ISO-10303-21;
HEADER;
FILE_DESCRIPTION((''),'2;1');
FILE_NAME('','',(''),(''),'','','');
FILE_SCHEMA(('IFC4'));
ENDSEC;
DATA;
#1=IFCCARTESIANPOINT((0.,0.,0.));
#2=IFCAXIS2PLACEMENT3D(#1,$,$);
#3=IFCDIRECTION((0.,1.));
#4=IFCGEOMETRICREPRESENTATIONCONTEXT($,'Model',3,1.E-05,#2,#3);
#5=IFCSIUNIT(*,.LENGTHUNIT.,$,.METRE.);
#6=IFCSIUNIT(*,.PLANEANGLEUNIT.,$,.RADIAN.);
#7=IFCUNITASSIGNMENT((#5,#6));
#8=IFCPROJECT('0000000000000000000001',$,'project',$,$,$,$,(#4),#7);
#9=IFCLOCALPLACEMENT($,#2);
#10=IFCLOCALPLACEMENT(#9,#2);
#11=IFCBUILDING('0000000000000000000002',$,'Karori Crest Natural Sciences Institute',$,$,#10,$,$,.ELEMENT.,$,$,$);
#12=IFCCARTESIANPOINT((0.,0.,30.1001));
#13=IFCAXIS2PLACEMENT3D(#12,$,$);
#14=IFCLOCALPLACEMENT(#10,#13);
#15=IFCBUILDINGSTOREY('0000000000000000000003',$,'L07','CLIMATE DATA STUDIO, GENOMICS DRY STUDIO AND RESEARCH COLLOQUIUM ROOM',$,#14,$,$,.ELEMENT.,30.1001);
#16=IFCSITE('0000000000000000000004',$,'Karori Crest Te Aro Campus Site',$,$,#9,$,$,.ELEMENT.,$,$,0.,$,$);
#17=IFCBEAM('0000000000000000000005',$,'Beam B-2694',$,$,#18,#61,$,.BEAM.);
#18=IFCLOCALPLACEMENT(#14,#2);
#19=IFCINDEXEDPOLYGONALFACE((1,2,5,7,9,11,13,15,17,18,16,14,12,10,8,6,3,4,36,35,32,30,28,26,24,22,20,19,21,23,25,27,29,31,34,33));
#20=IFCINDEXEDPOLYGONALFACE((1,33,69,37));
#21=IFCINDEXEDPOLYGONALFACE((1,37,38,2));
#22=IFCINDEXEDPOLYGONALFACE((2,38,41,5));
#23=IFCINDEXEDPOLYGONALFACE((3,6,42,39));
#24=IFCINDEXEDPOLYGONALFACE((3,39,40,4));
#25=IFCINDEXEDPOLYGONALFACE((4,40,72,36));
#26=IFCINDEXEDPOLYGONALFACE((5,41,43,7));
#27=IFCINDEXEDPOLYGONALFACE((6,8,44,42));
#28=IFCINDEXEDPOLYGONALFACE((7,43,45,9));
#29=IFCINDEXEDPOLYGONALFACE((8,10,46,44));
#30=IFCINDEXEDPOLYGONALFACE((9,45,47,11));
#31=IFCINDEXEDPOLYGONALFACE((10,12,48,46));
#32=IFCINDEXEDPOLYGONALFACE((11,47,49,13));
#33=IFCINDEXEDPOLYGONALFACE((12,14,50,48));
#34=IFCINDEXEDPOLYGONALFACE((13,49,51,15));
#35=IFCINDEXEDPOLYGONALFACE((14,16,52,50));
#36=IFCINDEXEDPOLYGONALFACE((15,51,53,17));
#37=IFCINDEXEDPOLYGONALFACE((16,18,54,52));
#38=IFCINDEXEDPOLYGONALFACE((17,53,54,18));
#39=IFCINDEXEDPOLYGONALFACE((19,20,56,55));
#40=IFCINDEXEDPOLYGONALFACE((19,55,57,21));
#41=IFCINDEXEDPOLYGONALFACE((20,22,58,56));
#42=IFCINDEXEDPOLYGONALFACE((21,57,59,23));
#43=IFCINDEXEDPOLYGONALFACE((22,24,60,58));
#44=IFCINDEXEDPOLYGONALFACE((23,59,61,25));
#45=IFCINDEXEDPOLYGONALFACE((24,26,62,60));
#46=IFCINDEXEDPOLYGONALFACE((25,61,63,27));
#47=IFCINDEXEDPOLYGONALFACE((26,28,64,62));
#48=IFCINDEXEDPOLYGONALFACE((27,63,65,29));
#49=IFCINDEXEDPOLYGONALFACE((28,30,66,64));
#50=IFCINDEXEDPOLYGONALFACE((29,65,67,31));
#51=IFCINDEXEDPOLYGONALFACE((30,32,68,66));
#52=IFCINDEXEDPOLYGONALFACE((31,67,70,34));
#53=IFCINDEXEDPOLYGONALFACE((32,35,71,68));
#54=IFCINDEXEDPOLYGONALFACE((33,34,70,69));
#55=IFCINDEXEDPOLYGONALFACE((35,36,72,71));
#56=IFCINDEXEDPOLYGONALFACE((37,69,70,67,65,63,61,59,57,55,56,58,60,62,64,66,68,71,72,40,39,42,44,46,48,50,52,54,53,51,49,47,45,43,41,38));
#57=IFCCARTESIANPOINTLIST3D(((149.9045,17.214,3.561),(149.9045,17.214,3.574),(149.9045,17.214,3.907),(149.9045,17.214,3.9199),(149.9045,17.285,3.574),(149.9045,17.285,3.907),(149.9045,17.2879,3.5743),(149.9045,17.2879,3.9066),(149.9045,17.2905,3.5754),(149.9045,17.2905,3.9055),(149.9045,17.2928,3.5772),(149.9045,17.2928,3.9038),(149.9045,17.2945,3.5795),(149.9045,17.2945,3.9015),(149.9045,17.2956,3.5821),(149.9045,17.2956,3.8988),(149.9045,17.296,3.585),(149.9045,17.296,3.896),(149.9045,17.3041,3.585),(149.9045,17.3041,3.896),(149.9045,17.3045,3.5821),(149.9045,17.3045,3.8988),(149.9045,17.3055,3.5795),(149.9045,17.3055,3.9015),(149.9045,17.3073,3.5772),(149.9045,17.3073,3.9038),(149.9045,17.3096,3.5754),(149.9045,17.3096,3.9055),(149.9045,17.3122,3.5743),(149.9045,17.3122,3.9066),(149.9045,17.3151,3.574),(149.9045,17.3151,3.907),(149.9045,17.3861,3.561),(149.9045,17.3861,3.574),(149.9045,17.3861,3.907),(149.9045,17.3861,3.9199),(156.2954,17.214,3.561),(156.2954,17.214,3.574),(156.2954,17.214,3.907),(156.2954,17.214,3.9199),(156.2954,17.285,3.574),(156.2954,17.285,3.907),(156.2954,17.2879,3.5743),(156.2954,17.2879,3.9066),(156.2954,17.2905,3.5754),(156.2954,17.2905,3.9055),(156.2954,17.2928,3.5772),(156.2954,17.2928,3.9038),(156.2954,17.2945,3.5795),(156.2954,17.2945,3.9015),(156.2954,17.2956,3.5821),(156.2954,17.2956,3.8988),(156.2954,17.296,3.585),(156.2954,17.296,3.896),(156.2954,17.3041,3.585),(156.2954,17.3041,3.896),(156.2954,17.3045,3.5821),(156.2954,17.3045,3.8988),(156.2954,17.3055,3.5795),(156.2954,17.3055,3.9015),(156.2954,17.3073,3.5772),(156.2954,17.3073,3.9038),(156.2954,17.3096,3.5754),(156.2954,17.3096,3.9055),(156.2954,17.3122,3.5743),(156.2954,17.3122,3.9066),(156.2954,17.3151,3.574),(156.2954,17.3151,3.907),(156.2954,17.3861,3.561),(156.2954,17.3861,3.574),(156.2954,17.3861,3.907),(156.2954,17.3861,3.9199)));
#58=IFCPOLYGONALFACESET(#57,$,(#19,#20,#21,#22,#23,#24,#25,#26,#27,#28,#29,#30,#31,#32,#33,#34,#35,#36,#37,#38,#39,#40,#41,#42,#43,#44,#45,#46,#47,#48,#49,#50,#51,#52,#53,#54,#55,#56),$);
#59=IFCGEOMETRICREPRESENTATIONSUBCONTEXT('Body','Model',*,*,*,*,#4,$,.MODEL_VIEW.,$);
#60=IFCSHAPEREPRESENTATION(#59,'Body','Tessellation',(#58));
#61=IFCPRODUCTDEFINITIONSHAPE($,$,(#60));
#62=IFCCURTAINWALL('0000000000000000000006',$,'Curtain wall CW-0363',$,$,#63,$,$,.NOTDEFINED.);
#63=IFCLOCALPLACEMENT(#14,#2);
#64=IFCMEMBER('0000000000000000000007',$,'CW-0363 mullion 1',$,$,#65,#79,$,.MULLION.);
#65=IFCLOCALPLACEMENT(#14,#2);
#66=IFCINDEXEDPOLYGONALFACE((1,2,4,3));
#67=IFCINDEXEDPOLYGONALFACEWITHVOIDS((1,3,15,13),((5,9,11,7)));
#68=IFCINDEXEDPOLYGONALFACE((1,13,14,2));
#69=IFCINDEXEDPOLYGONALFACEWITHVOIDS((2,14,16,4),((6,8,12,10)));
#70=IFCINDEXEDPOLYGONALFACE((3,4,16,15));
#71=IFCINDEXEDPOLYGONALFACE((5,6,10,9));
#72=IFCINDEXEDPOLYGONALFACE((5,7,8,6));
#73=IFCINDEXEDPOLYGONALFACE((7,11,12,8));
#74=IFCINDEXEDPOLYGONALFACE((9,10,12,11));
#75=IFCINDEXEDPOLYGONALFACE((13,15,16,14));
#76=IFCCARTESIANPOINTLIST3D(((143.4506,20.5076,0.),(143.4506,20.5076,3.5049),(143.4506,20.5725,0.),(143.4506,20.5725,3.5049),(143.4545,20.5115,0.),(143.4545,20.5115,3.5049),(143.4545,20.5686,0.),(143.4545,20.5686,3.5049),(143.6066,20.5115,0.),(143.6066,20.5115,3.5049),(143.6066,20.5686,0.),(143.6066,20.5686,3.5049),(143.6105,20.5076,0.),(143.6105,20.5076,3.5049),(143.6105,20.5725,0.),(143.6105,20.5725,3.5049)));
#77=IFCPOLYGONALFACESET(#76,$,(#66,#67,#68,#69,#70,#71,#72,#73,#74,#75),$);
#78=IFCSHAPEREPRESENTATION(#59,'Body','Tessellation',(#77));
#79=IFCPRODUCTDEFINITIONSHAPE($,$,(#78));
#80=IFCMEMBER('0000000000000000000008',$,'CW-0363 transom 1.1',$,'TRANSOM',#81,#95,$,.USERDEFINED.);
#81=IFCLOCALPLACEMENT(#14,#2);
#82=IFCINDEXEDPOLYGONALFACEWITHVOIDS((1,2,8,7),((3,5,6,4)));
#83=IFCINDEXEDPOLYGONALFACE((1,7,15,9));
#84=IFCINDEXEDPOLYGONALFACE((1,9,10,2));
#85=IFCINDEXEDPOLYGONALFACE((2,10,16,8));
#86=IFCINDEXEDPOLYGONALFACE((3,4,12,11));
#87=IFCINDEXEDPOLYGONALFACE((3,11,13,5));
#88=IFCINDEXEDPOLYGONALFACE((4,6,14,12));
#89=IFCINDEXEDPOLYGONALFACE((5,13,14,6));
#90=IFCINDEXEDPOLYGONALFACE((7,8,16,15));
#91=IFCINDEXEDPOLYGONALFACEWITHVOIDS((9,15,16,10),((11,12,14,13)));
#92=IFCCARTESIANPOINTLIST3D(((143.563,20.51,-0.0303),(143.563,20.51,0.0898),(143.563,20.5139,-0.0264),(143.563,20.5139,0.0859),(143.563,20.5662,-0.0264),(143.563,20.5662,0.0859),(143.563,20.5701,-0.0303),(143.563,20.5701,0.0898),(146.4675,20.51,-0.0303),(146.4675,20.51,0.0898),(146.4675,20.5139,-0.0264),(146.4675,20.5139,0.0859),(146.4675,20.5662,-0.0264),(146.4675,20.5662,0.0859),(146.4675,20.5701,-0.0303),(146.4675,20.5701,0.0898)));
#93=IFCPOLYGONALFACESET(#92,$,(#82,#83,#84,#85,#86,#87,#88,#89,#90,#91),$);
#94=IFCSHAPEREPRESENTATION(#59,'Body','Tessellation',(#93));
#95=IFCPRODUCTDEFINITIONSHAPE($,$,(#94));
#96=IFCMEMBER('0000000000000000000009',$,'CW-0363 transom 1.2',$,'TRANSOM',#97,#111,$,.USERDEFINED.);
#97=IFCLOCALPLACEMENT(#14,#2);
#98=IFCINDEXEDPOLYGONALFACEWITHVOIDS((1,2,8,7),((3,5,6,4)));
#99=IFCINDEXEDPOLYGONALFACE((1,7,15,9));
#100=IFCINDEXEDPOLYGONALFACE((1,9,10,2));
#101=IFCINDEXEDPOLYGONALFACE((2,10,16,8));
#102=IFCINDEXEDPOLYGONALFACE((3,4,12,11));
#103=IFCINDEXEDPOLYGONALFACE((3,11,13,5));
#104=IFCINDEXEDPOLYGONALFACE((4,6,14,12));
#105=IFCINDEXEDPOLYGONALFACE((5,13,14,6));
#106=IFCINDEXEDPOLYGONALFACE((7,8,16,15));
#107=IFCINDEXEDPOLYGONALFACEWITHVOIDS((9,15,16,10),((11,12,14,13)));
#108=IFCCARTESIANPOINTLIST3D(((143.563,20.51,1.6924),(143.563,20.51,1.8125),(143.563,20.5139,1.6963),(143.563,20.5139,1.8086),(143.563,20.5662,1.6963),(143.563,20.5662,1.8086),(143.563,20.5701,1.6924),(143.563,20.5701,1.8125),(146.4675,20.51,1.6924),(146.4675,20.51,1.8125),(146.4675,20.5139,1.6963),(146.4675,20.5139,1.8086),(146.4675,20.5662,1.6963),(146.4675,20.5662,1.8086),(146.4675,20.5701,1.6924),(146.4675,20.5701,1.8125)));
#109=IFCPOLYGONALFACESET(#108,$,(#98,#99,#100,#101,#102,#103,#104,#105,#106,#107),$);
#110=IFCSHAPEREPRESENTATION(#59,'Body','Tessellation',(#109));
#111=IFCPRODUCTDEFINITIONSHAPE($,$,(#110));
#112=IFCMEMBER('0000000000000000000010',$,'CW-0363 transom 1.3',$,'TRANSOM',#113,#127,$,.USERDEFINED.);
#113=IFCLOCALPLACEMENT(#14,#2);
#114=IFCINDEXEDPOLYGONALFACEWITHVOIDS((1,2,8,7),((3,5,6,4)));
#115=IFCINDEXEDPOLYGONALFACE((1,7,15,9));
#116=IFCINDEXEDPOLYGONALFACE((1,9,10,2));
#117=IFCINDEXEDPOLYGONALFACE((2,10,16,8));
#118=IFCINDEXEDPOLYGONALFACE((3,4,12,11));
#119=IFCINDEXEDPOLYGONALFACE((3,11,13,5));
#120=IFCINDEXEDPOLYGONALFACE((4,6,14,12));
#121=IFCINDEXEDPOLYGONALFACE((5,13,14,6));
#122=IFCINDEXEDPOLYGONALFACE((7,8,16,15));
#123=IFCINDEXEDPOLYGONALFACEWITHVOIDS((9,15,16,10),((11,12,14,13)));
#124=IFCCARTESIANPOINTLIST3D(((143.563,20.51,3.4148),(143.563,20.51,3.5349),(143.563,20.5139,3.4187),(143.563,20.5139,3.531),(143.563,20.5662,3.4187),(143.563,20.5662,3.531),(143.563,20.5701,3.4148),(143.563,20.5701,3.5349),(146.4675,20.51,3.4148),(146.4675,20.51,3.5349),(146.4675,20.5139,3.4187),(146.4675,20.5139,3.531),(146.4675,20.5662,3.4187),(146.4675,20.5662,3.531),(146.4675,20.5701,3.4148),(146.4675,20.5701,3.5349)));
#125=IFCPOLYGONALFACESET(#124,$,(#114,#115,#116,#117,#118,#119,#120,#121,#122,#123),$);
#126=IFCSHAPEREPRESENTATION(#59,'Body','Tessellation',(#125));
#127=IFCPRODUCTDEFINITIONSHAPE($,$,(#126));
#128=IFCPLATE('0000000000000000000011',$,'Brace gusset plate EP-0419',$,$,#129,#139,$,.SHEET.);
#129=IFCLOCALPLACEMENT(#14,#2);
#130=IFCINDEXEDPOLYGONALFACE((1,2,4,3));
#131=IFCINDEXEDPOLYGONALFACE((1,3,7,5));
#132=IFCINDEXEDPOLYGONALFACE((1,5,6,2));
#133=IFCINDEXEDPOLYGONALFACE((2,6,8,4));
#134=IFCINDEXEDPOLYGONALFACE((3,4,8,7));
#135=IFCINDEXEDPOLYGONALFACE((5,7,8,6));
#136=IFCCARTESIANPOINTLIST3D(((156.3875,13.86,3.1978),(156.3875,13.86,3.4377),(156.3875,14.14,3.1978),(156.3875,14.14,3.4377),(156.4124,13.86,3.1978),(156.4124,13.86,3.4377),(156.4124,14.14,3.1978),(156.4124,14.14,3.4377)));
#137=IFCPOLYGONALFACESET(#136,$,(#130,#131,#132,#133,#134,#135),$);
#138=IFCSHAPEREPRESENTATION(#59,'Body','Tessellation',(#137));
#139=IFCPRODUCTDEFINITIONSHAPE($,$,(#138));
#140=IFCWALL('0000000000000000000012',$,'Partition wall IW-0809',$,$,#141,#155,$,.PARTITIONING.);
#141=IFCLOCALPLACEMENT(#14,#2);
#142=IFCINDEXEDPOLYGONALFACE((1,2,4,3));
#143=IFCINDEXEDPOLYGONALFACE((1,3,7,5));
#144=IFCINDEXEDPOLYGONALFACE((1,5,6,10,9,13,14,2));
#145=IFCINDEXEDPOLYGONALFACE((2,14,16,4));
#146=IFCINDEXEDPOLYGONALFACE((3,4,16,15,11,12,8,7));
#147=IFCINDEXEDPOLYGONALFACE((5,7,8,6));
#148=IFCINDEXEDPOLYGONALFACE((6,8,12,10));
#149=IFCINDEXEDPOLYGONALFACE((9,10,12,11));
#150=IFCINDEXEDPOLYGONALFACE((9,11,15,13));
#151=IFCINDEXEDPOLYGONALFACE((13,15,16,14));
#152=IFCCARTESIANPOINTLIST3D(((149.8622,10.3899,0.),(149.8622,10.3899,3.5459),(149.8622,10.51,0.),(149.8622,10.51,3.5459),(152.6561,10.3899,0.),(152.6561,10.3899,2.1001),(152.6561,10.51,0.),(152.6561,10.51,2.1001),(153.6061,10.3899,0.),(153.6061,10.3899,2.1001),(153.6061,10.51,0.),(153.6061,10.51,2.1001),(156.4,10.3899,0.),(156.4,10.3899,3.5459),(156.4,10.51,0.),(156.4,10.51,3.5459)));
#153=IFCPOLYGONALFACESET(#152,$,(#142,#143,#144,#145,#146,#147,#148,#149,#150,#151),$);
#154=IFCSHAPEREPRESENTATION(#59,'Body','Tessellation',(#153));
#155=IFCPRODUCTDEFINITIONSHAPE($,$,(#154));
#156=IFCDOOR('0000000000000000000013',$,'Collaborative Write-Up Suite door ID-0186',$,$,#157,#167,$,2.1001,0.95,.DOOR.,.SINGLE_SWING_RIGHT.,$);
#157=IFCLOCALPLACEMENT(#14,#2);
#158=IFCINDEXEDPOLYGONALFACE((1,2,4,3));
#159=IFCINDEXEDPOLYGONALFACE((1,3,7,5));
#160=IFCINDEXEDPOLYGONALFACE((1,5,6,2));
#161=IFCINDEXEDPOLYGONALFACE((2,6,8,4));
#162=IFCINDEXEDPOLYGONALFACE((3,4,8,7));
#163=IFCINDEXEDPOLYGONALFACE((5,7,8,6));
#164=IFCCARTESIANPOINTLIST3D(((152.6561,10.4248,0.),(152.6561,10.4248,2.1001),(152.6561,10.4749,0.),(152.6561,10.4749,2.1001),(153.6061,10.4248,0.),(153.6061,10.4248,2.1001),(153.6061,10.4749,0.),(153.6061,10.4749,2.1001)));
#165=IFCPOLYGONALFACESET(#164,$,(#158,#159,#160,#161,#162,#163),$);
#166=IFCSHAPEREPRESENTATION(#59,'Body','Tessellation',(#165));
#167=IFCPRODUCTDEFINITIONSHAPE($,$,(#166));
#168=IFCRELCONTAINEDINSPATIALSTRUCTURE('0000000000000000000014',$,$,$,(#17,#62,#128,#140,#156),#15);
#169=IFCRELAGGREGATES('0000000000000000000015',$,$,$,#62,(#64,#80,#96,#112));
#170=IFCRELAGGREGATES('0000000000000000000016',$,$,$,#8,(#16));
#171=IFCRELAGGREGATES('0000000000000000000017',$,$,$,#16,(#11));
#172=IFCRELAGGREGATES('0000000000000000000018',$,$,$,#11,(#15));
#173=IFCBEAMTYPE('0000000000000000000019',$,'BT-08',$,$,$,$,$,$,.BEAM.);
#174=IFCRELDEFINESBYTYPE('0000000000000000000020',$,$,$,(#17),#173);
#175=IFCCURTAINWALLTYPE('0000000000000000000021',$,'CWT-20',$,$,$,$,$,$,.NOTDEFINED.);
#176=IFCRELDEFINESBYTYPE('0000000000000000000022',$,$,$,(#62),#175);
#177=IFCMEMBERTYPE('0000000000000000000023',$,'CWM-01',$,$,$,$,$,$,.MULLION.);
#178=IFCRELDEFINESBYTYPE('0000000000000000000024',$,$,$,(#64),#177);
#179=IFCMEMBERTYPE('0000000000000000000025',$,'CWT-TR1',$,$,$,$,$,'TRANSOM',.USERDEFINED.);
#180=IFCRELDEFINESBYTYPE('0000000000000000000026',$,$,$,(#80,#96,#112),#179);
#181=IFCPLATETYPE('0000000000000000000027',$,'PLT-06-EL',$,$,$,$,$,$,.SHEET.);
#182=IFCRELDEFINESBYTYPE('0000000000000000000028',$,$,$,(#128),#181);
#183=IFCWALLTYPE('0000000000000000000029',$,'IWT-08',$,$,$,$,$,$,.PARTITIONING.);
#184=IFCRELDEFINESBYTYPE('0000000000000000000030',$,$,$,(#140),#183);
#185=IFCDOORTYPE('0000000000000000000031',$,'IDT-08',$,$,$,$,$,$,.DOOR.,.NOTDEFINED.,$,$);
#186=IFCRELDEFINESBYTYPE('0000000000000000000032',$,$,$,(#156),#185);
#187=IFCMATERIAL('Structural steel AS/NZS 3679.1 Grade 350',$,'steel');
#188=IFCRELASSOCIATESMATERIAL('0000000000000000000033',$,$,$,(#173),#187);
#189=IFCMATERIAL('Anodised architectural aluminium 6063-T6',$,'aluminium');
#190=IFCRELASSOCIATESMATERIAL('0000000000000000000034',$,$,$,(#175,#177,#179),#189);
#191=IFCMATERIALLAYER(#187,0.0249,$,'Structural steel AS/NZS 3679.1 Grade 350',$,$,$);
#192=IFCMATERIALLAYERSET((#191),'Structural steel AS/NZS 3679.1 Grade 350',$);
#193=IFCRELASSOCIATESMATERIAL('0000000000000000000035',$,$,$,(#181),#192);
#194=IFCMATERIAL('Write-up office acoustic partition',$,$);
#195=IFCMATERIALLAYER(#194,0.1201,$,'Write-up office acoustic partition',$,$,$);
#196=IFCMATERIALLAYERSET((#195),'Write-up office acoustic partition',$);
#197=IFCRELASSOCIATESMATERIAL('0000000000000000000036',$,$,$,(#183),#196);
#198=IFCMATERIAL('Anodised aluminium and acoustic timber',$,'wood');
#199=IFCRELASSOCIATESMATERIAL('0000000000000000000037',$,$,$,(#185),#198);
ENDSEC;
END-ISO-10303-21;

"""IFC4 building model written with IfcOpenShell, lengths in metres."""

from ifc_helpers import new_model, si_unit, direction, frame, frame_2d, origin, origin_2d, place, context, subcontext, project, spatial, rectangle, hollow_rectangle, i_section, extrude, material, layer, layer_set, material_profile, profile_set, type_object, element, fill, aggregate, save


model = new_model("IFC4")

# Units and contexts
model_context = context("Model", 3, precision=1e-05, world=origin(), true_north=direction((0.0, 1.0)))
body_context = subcontext(model_context, "Body", "Model", "MODEL_VIEW")
ifc_project = project(units=[si_unit("LENGTHUNIT", "METRE"), si_unit("PLANEANGLEUNIT", "RADIAN")], contexts=[model_context])

# Site, building, storey
site_placement = place(None, origin())
site = spatial("IfcSite", under=ifc_project, at=site_placement, Name="Karori Crest Te Aro Campus Site", CompositionType="ELEMENT", RefElevation=0.0)
building_placement = place(site_placement, origin())
building = spatial("IfcBuilding", under=site, at=building_placement, Name="Karori Crest Natural Sciences Institute", CompositionType="ELEMENT")
storey_placement = place(building_placement, frame((0.0, 0.0, 30.1001)))
storey = spatial("IfcBuildingStorey", under=building, at=storey_placement, Name="L07", Description="CLIMATE DATA STUDIO, GENOMICS DRY STUDIO AND RESEARCH COLLOQUIUM ROOM", CompositionType="ELEMENT", Elevation=30.1001)

# Shared definitions
ifc_material_1 = material(Name="Structural steel AS/NZS 3679.1 Grade 350", Category="steel")

# Beam
ifc_material_profile_1 = material_profile(ifc_material_1, i_section(OverallWidth=0.1721, OverallDepth=0.3589, WebThickness=0.0081, FlangeThickness=0.0129, FilletRadius=0.011, at=origin_2d()), Name="360UB56.7")
ifc_profile_set_1 = profile_set([ifc_material_profile_1], Name="Structural steel AS/NZS 3679.1 Grade 350")
beam_type_1 = type_object("IfcBeamType", Name="BT-08", PredefinedType="BEAM", material=ifc_profile_set_1)
for number, where, z_axis, x_axis, name in (
    (1, (149.9045, 17.3, 3.7405), (1.0, 0.0, 0.0), (0.0, 1.0, 0.0), "Beam B-2694"),
):
    element("IfcBeam", number, at=place(storey_placement, frame(where, z_axis=z_axis, x_axis=x_axis)), inside=storey, type_object=beam_type_1, Name=name, PredefinedType="BEAM", context=body_context, shape_type="SweptSolid", body=[
        extrude(i_section(OverallWidth=0.1721, OverallDepth=0.3589, WebThickness=0.0081, FlangeThickness=0.0129, FilletRadius=0.011, at=origin_2d()), origin(), (0.0, 0.0, 1.0), 6.3909),
    ])

# Curtain wall, members
ifc_material_2 = material(Name="Anodised architectural aluminium 6063-T6", Category="aluminium")
curtain_wall_type = type_object("IfcCurtainWallType", Name="CWT-20", PredefinedType="NOTDEFINED", material=ifc_material_2)
curtain_wall_placement = place(storey_placement, origin())
curtain_wall = element("IfcCurtainWall", 2, at=curtain_wall_placement, inside=storey, type_object=curtain_wall_type, Name="Curtain wall CW-0363", PredefinedType="NOTDEFINED")
ifc_material_profile_2 = material_profile(ifc_material_2, hollow_rectangle(XDim=0.0649, YDim=0.1599, WallThickness=0.0039, at=origin_2d()), Name="CWM160x65x4")
ifc_profile_set_2 = profile_set([ifc_material_profile_2], Name="Anodised architectural aluminium 6063-T6")
member_type_1 = type_object("IfcMemberType", Name="CWM-01", PredefinedType="MULLION", material=ifc_profile_set_2)
member_1_placement = place(storey_placement, frame((143.5305, 20.54, 0.0), z_axis=(0.0, 0.0, 1.0), x_axis=(0.0, 1.0, 0.0)))
member_1 = element("IfcMember", 3, at=member_1_placement, type_object=member_type_1, Name="CW-0363 mullion 1", PredefinedType="MULLION", context=body_context, shape_type="SweptSolid", body=[
    extrude(hollow_rectangle(XDim=0.0649, YDim=0.1599, WallThickness=0.0039, at=origin_2d()), origin(), (0.0, 0.0, 1.0), 3.5049),
])
ifc_material_profile_3 = material_profile(ifc_material_2, hollow_rectangle(XDim=0.0601, YDim=0.1201, WallThickness=0.0039, at=origin_2d()), Name="CWT120x60x4")
ifc_profile_set_3 = profile_set([ifc_material_profile_3], Name="Anodised architectural aluminium 6063-T6")
member_type_2 = type_object("IfcMemberType", Name="CWT-TR1", ElementType="TRANSOM", PredefinedType="USERDEFINED", material=ifc_profile_set_3)
member_2_placement = place(storey_placement, frame((143.563, 20.54, 0.0298), z_axis=(1.0, 0.0, 0.0), x_axis=(0.0, 1.0, 0.0)))
member_2 = element("IfcMember", 4, at=member_2_placement, type_object=member_type_2, Name="CW-0363 transom 1.1", ObjectType="TRANSOM", PredefinedType="USERDEFINED", context=body_context, shape_type="SweptSolid", body=[
    extrude(hollow_rectangle(XDim=0.0601, YDim=0.1201, WallThickness=0.0039, at=origin_2d()), origin(), (0.0, 0.0, 1.0), 2.9045),
])
member_3_placement = place(storey_placement, frame((143.563, 20.54, 1.7524), z_axis=(1.0, 0.0, 0.0), x_axis=(0.0, 1.0, 0.0)))
member_3 = element("IfcMember", 5, at=member_3_placement, type_object=member_type_2, Name="CW-0363 transom 1.2", ObjectType="TRANSOM", PredefinedType="USERDEFINED", context=body_context, shape_type="SweptSolid", body=[
    extrude(hollow_rectangle(XDim=0.0601, YDim=0.1201, WallThickness=0.0039, at=origin_2d()), origin(), (0.0, 0.0, 1.0), 2.9045),
])
member_4_placement = place(storey_placement, frame((143.563, 20.54, 3.4749), z_axis=(1.0, 0.0, 0.0), x_axis=(0.0, 1.0, 0.0)))
member_4 = element("IfcMember", 6, at=member_4_placement, type_object=member_type_2, Name="CW-0363 transom 1.3", ObjectType="TRANSOM", PredefinedType="USERDEFINED", context=body_context, shape_type="SweptSolid", body=[
    extrude(hollow_rectangle(XDim=0.0601, YDim=0.1201, WallThickness=0.0039, at=origin_2d()), origin(), (0.0, 0.0, 1.0), 2.9045),
])
aggregate(curtain_wall, [member_1, member_2, member_3, member_4])

# Plate
ifc_layer_1 = layer(ifc_material_1, 0.0249, Name="Structural steel AS/NZS 3679.1 Grade 350")
ifc_layer_set_1 = layer_set([ifc_layer_1], Name="Structural steel AS/NZS 3679.1 Grade 350")
plate_type = type_object("IfcPlateType", Name="PLT-06-EL", PredefinedType="SHEET", material=ifc_layer_set_1)
plate_placement = place(storey_placement, frame((156.3999, 14.0, 3.1978), z_axis=(0.0, 0.0, 1.0), x_axis=(0.0, 1.0, 0.0)))
element("IfcPlate", 7, at=plate_placement, inside=storey, type_object=plate_type, Name="Brace gusset plate EP-0419", PredefinedType="SHEET", context=body_context, shape_type="SweptSolid", body=[
    extrude(rectangle(XDim=0.28, YDim=0.0249, at=origin_2d()), origin(), (0.0, 0.0, 1.0), 0.24),
])

# Wall, opening, door
ifc_material_3 = material(Name="Write-up office acoustic partition")
ifc_layer_2 = layer(ifc_material_3, 0.1201, Name="Write-up office acoustic partition")
ifc_layer_set_2 = layer_set([ifc_layer_2], Name="Write-up office acoustic partition")
wall_type_1 = type_object("IfcWallType", Name="IWT-08", PredefinedType="PARTITIONING", material=ifc_layer_set_2)
wall_1_placement = place(storey_placement, frame((149.8621, 10.45, 0.0), z_axis=(0.0, 0.0, 1.0), x_axis=(1.0, 0.0, 0.0)))
wall_1 = element("IfcWall", 8, at=wall_1_placement, inside=storey, type_object=wall_type_1, Name="Partition wall IW-0809", PredefinedType="PARTITIONING", context=body_context, shape_type="SweptSolid", body=[
    extrude(rectangle(XDim=6.5378, YDim=0.1201, at=frame_2d((3.269, 0.0))), origin(), (0.0, 0.0, 1.0), 3.5459),
])
opening_1_placement = place(wall_1_placement, frame((2.7939, 0.0, 0.0)))
opening_1 = element("IfcOpeningElement", 9, at=opening_1_placement, cuts=wall_1, PredefinedType="OPENING", context=body_context, shape_type="SweptSolid", body=[
    extrude(rectangle(XDim=0.95, YDim=2.1001, at=frame_2d((0.4751, 1.05))), frame((0.0, 0.0701, 0.0), z_axis=(0.0, -1.0, 0.0), x_axis=(1.0, 0.0, 0.0)), (0.0, 0.0, 1.0), 0.1401),
])
ifc_material_4 = material(Name="Anodised aluminium and acoustic timber", Category="wood")
door_type = type_object("IfcDoorType", Name="IDT-08", OperationType="NOTDEFINED", PredefinedType="DOOR", material=ifc_material_4)
door_placement = place(opening_1_placement, origin())
door = element("IfcDoor", 10, at=door_placement, inside=storey, type_object=door_type, Name="Collaborative Write-Up Suite door ID-0186", OperationType="SINGLE_SWING_RIGHT", OverallHeight=2.1001, OverallWidth=0.95, PredefinedType="DOOR", context=body_context, shape_type="SweptSolid", body=[
    extrude(rectangle(XDim=0.95, YDim=2.1001, at=frame_2d((0.4751, 1.05))), frame((0.0, 0.0249, 0.0), z_axis=(0.0, -1.0, 0.0), x_axis=(1.0, 0.0, 0.0)), (0.0, 0.0, 1.0), 0.05),
])
fill(opening_1, door)

save(model, "model.ifc")
